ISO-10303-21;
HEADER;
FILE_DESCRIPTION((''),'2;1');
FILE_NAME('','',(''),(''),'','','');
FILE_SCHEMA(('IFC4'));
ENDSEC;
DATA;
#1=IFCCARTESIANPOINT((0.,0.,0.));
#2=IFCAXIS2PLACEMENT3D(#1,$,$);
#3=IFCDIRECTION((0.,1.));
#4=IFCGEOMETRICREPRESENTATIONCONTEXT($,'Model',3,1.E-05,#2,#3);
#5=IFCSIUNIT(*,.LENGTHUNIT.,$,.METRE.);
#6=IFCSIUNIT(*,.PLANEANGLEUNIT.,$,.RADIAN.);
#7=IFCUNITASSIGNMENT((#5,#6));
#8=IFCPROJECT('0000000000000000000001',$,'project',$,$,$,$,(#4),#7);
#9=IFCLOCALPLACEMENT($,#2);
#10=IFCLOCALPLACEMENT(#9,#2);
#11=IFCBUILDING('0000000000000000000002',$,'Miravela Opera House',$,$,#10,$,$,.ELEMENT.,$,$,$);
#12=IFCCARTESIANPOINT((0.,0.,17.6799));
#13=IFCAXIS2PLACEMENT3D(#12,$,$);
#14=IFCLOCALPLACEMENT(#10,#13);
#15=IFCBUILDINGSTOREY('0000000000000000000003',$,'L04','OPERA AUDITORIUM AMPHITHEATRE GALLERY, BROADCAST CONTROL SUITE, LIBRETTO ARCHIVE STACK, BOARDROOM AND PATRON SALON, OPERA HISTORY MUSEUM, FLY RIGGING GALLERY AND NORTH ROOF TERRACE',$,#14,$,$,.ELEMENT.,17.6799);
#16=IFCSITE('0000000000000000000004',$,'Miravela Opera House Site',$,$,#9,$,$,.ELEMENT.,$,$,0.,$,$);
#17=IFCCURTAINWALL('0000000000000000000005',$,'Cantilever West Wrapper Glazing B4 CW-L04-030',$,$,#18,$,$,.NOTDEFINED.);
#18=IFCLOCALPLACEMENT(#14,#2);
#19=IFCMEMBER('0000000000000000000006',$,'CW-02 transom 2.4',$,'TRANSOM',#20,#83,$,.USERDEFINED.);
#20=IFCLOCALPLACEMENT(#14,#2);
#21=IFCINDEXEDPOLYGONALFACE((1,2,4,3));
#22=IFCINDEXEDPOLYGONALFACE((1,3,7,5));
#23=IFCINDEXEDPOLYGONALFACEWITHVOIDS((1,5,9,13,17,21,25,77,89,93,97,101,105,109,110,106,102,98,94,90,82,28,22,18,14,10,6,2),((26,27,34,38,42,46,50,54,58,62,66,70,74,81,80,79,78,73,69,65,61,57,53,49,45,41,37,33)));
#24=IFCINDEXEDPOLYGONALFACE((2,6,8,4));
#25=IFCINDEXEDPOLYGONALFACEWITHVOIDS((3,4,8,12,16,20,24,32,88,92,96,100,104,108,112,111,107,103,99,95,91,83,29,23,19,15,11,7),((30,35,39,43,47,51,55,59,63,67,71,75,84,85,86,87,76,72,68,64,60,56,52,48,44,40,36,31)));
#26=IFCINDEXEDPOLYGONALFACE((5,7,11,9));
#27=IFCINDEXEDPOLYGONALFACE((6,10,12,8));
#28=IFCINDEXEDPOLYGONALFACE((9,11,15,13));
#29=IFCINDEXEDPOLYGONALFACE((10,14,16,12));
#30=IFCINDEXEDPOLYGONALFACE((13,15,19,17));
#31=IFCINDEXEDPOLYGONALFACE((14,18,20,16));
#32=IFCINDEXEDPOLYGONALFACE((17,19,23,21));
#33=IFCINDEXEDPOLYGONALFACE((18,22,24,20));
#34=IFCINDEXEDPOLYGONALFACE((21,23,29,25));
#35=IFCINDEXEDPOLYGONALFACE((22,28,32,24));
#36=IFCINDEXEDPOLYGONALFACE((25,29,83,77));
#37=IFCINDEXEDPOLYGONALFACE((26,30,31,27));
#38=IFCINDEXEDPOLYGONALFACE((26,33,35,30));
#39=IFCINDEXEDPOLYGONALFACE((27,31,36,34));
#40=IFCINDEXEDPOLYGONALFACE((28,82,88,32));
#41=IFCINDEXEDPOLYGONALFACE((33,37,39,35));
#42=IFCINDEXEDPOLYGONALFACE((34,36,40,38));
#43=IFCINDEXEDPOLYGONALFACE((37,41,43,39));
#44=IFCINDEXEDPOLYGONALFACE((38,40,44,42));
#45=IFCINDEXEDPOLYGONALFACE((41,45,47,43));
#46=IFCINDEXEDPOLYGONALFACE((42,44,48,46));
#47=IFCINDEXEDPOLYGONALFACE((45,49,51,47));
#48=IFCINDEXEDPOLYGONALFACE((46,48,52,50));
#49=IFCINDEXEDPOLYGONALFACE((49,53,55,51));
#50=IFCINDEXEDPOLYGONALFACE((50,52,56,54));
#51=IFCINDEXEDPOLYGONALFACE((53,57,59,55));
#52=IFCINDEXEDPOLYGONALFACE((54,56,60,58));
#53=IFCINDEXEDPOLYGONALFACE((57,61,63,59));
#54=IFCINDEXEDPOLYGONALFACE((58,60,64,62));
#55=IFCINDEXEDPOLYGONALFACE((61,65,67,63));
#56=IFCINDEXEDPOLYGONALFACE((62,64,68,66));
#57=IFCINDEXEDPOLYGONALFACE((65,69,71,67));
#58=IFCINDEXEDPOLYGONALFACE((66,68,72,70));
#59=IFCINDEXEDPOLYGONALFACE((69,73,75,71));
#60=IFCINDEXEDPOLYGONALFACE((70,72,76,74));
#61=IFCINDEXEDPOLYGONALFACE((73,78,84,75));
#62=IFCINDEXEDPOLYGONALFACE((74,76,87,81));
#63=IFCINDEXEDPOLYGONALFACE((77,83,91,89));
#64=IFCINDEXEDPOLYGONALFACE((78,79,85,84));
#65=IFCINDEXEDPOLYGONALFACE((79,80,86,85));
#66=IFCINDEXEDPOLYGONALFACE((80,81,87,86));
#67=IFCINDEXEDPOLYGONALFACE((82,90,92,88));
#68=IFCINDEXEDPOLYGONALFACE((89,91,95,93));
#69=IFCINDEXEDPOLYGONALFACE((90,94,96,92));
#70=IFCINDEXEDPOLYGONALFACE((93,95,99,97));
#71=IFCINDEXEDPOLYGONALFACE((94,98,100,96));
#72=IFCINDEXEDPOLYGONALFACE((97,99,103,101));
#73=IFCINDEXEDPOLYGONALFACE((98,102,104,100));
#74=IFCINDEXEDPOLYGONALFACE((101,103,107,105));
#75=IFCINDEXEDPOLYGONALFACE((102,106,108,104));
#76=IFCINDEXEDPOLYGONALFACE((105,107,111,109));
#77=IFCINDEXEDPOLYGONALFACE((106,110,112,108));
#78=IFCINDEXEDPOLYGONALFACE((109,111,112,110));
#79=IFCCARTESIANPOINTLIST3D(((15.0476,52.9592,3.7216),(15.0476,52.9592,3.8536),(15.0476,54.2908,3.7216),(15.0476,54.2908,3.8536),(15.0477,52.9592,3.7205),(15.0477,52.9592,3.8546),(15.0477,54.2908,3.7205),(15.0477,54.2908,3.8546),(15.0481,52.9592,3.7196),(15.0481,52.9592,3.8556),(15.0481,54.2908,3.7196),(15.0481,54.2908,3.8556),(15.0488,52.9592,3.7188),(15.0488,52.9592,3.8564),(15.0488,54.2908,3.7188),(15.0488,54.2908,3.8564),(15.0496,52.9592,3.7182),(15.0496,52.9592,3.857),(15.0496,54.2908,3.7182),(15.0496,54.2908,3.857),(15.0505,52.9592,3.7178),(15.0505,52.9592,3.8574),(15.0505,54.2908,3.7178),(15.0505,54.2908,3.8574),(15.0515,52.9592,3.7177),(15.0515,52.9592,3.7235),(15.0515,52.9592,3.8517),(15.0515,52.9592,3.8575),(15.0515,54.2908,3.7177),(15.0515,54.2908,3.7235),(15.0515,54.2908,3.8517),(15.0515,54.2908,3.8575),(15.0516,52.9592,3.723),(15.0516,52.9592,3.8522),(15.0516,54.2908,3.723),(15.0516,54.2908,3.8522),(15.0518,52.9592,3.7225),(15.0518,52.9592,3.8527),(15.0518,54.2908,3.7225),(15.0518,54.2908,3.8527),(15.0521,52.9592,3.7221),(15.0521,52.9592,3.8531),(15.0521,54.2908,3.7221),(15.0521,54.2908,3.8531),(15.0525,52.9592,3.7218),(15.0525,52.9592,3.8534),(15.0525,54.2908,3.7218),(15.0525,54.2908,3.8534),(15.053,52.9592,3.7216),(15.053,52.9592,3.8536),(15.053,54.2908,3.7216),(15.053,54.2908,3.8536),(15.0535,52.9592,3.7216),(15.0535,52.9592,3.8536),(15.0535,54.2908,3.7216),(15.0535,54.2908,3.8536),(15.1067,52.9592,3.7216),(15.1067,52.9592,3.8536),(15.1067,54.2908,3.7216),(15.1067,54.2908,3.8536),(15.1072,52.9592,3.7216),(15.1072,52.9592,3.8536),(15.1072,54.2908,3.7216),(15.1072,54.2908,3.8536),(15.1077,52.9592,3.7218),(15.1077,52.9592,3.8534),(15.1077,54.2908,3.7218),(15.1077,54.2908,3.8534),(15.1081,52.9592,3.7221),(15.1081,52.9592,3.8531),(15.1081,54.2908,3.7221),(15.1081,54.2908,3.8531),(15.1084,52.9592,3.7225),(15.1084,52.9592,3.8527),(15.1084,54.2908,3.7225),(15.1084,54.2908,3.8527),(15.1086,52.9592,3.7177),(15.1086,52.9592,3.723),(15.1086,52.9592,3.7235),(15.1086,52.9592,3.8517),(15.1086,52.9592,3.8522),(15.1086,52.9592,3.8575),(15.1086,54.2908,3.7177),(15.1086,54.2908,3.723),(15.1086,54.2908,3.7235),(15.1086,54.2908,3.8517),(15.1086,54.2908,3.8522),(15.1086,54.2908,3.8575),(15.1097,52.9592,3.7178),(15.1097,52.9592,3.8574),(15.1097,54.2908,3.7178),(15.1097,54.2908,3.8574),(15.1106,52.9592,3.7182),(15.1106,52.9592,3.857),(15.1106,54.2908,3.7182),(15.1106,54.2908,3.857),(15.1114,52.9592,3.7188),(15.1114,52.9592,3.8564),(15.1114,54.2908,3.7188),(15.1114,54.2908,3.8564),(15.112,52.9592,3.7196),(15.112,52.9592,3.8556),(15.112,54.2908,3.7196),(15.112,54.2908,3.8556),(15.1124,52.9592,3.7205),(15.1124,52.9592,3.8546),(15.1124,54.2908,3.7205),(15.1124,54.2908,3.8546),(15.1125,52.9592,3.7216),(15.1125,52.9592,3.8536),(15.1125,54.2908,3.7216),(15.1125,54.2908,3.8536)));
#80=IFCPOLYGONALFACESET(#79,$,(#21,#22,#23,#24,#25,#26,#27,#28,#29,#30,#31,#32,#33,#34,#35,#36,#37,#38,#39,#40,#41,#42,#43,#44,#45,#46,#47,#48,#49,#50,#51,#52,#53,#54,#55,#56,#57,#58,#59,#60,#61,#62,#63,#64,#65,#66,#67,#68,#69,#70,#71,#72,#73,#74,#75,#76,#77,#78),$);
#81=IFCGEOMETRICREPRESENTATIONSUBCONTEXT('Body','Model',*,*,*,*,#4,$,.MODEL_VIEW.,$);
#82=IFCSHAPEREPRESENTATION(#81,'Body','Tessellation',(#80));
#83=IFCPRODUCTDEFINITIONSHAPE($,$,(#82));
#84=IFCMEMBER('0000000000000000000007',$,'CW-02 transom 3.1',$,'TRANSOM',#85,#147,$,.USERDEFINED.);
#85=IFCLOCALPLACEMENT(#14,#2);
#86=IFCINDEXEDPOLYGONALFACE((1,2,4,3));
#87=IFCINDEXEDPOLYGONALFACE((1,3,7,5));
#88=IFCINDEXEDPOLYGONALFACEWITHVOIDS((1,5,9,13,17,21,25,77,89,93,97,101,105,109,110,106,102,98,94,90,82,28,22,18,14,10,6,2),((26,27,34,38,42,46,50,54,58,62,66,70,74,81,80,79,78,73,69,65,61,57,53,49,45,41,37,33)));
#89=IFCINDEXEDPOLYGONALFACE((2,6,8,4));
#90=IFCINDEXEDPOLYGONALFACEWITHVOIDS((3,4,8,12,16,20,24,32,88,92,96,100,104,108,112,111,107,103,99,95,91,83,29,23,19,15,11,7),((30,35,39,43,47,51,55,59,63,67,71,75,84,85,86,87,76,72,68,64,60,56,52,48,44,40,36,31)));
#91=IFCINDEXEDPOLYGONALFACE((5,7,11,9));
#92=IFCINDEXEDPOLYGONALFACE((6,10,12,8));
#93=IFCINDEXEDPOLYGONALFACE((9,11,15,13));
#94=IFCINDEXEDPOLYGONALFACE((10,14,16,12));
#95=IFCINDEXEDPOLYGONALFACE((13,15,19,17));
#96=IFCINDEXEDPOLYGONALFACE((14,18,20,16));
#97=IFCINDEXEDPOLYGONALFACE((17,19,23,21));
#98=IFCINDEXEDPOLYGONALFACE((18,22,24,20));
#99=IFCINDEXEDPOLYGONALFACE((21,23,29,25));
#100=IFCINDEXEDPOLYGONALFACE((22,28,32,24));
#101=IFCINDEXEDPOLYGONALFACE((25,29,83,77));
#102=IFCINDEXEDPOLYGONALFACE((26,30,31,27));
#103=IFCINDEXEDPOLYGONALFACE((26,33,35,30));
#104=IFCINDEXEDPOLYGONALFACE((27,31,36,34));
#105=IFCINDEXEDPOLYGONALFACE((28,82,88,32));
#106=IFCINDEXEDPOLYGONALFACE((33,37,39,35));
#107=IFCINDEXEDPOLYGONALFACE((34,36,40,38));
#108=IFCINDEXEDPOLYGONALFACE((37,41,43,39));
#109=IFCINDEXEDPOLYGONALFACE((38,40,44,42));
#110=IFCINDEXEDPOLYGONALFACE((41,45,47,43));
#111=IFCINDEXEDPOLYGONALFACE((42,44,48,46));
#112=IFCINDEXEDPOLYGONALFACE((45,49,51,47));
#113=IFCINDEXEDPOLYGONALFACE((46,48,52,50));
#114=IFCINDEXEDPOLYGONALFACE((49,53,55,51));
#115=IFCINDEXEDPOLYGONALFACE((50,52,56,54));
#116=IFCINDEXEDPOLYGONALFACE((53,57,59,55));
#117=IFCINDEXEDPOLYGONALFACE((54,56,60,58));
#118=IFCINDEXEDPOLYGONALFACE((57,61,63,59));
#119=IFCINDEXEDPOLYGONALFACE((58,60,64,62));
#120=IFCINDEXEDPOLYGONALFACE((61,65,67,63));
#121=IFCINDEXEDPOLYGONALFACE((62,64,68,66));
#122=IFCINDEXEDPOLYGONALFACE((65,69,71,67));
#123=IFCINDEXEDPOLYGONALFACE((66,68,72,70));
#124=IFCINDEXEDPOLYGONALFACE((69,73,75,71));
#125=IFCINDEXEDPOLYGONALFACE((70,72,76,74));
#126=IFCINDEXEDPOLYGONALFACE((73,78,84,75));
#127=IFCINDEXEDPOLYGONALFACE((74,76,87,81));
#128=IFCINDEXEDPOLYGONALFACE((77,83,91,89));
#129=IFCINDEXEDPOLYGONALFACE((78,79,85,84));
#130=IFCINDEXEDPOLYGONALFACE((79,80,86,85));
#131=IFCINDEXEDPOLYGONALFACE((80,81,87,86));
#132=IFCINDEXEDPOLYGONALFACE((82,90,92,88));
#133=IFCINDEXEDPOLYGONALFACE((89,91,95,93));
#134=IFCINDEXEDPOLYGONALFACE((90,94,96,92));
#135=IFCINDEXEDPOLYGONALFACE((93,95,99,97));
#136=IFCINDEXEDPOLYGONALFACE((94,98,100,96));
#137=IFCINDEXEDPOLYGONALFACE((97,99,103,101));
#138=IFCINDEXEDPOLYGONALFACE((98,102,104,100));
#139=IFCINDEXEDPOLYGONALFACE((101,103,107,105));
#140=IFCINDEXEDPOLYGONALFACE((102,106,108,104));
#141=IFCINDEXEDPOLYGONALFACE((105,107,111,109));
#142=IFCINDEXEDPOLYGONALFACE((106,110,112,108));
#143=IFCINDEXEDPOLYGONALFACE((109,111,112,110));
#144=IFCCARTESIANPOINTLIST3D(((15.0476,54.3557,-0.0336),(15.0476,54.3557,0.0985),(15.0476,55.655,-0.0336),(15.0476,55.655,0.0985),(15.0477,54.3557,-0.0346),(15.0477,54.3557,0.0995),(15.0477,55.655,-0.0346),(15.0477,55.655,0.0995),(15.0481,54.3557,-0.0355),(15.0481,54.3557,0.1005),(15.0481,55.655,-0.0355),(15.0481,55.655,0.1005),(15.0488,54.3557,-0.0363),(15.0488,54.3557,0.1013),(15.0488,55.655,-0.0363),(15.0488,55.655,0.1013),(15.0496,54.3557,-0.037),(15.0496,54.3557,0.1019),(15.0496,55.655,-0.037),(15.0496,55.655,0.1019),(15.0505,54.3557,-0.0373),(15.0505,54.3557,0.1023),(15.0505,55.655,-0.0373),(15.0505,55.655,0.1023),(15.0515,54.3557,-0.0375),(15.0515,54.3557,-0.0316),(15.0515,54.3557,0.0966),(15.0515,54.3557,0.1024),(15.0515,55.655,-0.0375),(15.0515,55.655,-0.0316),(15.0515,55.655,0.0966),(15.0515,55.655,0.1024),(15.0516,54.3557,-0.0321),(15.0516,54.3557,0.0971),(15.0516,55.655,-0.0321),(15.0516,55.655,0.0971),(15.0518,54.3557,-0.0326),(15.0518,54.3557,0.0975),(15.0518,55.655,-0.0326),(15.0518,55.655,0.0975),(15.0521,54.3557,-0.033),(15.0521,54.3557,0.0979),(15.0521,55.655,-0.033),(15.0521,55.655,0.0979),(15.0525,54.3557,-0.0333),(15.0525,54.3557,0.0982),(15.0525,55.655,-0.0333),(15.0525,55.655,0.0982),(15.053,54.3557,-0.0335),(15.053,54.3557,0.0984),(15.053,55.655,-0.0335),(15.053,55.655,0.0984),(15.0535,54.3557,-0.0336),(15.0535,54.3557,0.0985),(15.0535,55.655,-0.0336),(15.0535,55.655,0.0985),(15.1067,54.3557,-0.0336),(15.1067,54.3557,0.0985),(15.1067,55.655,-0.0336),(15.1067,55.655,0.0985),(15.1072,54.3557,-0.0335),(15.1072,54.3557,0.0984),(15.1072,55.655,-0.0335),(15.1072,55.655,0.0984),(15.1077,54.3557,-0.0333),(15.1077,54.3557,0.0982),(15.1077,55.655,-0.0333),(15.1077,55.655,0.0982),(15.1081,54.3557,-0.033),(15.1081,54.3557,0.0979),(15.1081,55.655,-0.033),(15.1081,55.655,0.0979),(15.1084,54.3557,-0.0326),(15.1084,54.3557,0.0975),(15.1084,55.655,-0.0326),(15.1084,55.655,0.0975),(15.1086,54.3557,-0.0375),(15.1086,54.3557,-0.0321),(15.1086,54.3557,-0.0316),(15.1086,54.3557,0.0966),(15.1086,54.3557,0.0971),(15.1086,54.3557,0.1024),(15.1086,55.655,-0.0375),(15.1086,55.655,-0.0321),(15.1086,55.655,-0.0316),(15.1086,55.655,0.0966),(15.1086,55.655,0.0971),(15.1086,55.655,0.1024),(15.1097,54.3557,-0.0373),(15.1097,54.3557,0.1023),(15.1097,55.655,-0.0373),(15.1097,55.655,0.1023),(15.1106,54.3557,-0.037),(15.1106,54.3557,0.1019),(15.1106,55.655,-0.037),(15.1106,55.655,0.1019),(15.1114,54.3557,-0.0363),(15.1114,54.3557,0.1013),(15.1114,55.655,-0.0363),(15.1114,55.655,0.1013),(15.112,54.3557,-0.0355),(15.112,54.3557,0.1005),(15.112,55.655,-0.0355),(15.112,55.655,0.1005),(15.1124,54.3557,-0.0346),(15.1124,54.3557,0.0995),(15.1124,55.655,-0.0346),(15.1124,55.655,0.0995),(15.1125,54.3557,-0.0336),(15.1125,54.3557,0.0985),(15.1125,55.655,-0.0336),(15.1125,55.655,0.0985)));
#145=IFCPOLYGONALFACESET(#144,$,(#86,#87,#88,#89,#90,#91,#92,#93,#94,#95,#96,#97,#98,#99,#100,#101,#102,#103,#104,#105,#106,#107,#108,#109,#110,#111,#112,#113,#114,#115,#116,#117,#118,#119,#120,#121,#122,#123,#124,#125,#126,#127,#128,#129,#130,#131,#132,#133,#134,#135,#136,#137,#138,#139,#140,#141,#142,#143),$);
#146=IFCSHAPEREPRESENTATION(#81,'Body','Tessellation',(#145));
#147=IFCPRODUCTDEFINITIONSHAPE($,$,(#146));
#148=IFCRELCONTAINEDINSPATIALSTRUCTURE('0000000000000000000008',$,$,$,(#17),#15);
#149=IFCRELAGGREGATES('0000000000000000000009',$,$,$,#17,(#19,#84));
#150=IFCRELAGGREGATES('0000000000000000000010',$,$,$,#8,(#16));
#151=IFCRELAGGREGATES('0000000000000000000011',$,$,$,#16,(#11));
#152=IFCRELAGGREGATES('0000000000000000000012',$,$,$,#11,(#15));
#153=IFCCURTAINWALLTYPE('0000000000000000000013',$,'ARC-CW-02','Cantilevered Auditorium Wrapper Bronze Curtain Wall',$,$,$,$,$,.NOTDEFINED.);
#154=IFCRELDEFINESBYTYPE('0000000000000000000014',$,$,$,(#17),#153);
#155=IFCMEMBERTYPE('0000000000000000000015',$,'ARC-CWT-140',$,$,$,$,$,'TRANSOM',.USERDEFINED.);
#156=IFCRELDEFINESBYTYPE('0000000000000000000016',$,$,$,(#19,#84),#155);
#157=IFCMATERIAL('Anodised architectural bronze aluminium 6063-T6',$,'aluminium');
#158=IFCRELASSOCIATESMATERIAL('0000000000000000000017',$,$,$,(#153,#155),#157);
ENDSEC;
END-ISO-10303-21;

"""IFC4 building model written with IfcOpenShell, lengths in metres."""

from ifc_helpers import new_model, si_unit, direction, frame, origin, origin_2d, place, context, subcontext, project, spatial, hollow_rectangle, extrude, material, material_profile, profile_set, type_object, element, aggregate, save


model = new_model("IFC4")

# Units and contexts
model_context = context("Model", 3, precision=1e-05, world=origin(), true_north=direction((0.0, 1.0)))
body_context = subcontext(model_context, "Body", "Model", "MODEL_VIEW")
ifc_project = project(units=[si_unit("LENGTHUNIT", "METRE"), si_unit("PLANEANGLEUNIT", "RADIAN")], contexts=[model_context])

# Site, building, storey
site_placement = place(None, origin())
site = spatial("IfcSite", under=ifc_project, at=site_placement, Name="Miravela Opera House Site", CompositionType="ELEMENT", RefElevation=0.0)
building_placement = place(site_placement, origin())
building = spatial("IfcBuilding", under=site, at=building_placement, Name="Miravela Opera House", CompositionType="ELEMENT")
storey_placement = place(building_placement, frame((0.0, 0.0, 17.6799)))
storey = spatial("IfcBuildingStorey", under=building, at=storey_placement, Name="L04", Description="OPERA AUDITORIUM AMPHITHEATRE GALLERY, BROADCAST CONTROL SUITE, LIBRETTO ARCHIVE STACK, BOARDROOM AND PATRON SALON, OPERA HISTORY MUSEUM, FLY RIGGING GALLERY AND NORTH ROOF TERRACE", CompositionType="ELEMENT", Elevation=17.6799)

# Curtain wall, members
ifc_material_1 = material(Name="Anodised architectural bronze aluminium 6063-T6", Category="aluminium")
curtain_wall_type = type_object("IfcCurtainWallType", Name="ARC-CW-02", Description="Cantilevered Auditorium Wrapper Bronze Curtain Wall", PredefinedType="NOTDEFINED", material=ifc_material_1)
curtain_wall_placement = place(storey_placement, origin())
curtain_wall = element("IfcCurtainWall", 1, at=curtain_wall_placement, inside=storey, type_object=curtain_wall_type, Name="Cantilever West Wrapper Glazing B4 CW-L04-030", PredefinedType="NOTDEFINED")
ifc_material_profile_1 = material_profile(ifc_material_1, hollow_rectangle(XDim=0.0649, YDim=0.1399, WallThickness=0.0039, InnerFilletRadius=0.002, OuterFilletRadius=0.0039, at=origin_2d()), Name="CWT-65X140")
ifc_profile_set_1 = profile_set([ifc_material_profile_1])
member_type_1 = type_object("IfcMemberType", Name="ARC-CWT-140", ElementType="TRANSOM", PredefinedType="USERDEFINED", material=ifc_profile_set_1)
member_1_placement = place(storey_placement, frame((15.0801, 52.9592, 3.7876), z_axis=(0.0, 1.0, 0.0), x_axis=(-1.0, 0.0, 0.0)))
member_1 = element("IfcMember", 2, at=member_1_placement, type_object=member_type_1, Name="CW-02 transom 2.4", ObjectType="TRANSOM", PredefinedType="USERDEFINED", context=body_context, shape_type="SweptSolid", body=[
    extrude(hollow_rectangle(XDim=0.0649, YDim=0.1399, WallThickness=0.0039, InnerFilletRadius=0.002, OuterFilletRadius=0.0039, at=origin_2d()), origin(), (0.0, 0.0, 1.0), 1.3315),
])
member_2_placement = place(storey_placement, frame((15.0801, 54.3557, 0.0325), z_axis=(0.0, 1.0, 0.0), x_axis=(-1.0, 0.0, 0.0)))
member_2 = element("IfcMember", 3, at=member_2_placement, type_object=member_type_1, Name="CW-02 transom 3.1", ObjectType="TRANSOM", PredefinedType="USERDEFINED", context=body_context, shape_type="SweptSolid", body=[
    extrude(hollow_rectangle(XDim=0.0649, YDim=0.1399, WallThickness=0.0039, InnerFilletRadius=0.002, OuterFilletRadius=0.0039, at=origin_2d()), origin(), (0.0, 0.0, 1.0), 1.2993),
])

aggregate(curtain_wall, [member_1, member_2])

save(model, "model.ifc")
